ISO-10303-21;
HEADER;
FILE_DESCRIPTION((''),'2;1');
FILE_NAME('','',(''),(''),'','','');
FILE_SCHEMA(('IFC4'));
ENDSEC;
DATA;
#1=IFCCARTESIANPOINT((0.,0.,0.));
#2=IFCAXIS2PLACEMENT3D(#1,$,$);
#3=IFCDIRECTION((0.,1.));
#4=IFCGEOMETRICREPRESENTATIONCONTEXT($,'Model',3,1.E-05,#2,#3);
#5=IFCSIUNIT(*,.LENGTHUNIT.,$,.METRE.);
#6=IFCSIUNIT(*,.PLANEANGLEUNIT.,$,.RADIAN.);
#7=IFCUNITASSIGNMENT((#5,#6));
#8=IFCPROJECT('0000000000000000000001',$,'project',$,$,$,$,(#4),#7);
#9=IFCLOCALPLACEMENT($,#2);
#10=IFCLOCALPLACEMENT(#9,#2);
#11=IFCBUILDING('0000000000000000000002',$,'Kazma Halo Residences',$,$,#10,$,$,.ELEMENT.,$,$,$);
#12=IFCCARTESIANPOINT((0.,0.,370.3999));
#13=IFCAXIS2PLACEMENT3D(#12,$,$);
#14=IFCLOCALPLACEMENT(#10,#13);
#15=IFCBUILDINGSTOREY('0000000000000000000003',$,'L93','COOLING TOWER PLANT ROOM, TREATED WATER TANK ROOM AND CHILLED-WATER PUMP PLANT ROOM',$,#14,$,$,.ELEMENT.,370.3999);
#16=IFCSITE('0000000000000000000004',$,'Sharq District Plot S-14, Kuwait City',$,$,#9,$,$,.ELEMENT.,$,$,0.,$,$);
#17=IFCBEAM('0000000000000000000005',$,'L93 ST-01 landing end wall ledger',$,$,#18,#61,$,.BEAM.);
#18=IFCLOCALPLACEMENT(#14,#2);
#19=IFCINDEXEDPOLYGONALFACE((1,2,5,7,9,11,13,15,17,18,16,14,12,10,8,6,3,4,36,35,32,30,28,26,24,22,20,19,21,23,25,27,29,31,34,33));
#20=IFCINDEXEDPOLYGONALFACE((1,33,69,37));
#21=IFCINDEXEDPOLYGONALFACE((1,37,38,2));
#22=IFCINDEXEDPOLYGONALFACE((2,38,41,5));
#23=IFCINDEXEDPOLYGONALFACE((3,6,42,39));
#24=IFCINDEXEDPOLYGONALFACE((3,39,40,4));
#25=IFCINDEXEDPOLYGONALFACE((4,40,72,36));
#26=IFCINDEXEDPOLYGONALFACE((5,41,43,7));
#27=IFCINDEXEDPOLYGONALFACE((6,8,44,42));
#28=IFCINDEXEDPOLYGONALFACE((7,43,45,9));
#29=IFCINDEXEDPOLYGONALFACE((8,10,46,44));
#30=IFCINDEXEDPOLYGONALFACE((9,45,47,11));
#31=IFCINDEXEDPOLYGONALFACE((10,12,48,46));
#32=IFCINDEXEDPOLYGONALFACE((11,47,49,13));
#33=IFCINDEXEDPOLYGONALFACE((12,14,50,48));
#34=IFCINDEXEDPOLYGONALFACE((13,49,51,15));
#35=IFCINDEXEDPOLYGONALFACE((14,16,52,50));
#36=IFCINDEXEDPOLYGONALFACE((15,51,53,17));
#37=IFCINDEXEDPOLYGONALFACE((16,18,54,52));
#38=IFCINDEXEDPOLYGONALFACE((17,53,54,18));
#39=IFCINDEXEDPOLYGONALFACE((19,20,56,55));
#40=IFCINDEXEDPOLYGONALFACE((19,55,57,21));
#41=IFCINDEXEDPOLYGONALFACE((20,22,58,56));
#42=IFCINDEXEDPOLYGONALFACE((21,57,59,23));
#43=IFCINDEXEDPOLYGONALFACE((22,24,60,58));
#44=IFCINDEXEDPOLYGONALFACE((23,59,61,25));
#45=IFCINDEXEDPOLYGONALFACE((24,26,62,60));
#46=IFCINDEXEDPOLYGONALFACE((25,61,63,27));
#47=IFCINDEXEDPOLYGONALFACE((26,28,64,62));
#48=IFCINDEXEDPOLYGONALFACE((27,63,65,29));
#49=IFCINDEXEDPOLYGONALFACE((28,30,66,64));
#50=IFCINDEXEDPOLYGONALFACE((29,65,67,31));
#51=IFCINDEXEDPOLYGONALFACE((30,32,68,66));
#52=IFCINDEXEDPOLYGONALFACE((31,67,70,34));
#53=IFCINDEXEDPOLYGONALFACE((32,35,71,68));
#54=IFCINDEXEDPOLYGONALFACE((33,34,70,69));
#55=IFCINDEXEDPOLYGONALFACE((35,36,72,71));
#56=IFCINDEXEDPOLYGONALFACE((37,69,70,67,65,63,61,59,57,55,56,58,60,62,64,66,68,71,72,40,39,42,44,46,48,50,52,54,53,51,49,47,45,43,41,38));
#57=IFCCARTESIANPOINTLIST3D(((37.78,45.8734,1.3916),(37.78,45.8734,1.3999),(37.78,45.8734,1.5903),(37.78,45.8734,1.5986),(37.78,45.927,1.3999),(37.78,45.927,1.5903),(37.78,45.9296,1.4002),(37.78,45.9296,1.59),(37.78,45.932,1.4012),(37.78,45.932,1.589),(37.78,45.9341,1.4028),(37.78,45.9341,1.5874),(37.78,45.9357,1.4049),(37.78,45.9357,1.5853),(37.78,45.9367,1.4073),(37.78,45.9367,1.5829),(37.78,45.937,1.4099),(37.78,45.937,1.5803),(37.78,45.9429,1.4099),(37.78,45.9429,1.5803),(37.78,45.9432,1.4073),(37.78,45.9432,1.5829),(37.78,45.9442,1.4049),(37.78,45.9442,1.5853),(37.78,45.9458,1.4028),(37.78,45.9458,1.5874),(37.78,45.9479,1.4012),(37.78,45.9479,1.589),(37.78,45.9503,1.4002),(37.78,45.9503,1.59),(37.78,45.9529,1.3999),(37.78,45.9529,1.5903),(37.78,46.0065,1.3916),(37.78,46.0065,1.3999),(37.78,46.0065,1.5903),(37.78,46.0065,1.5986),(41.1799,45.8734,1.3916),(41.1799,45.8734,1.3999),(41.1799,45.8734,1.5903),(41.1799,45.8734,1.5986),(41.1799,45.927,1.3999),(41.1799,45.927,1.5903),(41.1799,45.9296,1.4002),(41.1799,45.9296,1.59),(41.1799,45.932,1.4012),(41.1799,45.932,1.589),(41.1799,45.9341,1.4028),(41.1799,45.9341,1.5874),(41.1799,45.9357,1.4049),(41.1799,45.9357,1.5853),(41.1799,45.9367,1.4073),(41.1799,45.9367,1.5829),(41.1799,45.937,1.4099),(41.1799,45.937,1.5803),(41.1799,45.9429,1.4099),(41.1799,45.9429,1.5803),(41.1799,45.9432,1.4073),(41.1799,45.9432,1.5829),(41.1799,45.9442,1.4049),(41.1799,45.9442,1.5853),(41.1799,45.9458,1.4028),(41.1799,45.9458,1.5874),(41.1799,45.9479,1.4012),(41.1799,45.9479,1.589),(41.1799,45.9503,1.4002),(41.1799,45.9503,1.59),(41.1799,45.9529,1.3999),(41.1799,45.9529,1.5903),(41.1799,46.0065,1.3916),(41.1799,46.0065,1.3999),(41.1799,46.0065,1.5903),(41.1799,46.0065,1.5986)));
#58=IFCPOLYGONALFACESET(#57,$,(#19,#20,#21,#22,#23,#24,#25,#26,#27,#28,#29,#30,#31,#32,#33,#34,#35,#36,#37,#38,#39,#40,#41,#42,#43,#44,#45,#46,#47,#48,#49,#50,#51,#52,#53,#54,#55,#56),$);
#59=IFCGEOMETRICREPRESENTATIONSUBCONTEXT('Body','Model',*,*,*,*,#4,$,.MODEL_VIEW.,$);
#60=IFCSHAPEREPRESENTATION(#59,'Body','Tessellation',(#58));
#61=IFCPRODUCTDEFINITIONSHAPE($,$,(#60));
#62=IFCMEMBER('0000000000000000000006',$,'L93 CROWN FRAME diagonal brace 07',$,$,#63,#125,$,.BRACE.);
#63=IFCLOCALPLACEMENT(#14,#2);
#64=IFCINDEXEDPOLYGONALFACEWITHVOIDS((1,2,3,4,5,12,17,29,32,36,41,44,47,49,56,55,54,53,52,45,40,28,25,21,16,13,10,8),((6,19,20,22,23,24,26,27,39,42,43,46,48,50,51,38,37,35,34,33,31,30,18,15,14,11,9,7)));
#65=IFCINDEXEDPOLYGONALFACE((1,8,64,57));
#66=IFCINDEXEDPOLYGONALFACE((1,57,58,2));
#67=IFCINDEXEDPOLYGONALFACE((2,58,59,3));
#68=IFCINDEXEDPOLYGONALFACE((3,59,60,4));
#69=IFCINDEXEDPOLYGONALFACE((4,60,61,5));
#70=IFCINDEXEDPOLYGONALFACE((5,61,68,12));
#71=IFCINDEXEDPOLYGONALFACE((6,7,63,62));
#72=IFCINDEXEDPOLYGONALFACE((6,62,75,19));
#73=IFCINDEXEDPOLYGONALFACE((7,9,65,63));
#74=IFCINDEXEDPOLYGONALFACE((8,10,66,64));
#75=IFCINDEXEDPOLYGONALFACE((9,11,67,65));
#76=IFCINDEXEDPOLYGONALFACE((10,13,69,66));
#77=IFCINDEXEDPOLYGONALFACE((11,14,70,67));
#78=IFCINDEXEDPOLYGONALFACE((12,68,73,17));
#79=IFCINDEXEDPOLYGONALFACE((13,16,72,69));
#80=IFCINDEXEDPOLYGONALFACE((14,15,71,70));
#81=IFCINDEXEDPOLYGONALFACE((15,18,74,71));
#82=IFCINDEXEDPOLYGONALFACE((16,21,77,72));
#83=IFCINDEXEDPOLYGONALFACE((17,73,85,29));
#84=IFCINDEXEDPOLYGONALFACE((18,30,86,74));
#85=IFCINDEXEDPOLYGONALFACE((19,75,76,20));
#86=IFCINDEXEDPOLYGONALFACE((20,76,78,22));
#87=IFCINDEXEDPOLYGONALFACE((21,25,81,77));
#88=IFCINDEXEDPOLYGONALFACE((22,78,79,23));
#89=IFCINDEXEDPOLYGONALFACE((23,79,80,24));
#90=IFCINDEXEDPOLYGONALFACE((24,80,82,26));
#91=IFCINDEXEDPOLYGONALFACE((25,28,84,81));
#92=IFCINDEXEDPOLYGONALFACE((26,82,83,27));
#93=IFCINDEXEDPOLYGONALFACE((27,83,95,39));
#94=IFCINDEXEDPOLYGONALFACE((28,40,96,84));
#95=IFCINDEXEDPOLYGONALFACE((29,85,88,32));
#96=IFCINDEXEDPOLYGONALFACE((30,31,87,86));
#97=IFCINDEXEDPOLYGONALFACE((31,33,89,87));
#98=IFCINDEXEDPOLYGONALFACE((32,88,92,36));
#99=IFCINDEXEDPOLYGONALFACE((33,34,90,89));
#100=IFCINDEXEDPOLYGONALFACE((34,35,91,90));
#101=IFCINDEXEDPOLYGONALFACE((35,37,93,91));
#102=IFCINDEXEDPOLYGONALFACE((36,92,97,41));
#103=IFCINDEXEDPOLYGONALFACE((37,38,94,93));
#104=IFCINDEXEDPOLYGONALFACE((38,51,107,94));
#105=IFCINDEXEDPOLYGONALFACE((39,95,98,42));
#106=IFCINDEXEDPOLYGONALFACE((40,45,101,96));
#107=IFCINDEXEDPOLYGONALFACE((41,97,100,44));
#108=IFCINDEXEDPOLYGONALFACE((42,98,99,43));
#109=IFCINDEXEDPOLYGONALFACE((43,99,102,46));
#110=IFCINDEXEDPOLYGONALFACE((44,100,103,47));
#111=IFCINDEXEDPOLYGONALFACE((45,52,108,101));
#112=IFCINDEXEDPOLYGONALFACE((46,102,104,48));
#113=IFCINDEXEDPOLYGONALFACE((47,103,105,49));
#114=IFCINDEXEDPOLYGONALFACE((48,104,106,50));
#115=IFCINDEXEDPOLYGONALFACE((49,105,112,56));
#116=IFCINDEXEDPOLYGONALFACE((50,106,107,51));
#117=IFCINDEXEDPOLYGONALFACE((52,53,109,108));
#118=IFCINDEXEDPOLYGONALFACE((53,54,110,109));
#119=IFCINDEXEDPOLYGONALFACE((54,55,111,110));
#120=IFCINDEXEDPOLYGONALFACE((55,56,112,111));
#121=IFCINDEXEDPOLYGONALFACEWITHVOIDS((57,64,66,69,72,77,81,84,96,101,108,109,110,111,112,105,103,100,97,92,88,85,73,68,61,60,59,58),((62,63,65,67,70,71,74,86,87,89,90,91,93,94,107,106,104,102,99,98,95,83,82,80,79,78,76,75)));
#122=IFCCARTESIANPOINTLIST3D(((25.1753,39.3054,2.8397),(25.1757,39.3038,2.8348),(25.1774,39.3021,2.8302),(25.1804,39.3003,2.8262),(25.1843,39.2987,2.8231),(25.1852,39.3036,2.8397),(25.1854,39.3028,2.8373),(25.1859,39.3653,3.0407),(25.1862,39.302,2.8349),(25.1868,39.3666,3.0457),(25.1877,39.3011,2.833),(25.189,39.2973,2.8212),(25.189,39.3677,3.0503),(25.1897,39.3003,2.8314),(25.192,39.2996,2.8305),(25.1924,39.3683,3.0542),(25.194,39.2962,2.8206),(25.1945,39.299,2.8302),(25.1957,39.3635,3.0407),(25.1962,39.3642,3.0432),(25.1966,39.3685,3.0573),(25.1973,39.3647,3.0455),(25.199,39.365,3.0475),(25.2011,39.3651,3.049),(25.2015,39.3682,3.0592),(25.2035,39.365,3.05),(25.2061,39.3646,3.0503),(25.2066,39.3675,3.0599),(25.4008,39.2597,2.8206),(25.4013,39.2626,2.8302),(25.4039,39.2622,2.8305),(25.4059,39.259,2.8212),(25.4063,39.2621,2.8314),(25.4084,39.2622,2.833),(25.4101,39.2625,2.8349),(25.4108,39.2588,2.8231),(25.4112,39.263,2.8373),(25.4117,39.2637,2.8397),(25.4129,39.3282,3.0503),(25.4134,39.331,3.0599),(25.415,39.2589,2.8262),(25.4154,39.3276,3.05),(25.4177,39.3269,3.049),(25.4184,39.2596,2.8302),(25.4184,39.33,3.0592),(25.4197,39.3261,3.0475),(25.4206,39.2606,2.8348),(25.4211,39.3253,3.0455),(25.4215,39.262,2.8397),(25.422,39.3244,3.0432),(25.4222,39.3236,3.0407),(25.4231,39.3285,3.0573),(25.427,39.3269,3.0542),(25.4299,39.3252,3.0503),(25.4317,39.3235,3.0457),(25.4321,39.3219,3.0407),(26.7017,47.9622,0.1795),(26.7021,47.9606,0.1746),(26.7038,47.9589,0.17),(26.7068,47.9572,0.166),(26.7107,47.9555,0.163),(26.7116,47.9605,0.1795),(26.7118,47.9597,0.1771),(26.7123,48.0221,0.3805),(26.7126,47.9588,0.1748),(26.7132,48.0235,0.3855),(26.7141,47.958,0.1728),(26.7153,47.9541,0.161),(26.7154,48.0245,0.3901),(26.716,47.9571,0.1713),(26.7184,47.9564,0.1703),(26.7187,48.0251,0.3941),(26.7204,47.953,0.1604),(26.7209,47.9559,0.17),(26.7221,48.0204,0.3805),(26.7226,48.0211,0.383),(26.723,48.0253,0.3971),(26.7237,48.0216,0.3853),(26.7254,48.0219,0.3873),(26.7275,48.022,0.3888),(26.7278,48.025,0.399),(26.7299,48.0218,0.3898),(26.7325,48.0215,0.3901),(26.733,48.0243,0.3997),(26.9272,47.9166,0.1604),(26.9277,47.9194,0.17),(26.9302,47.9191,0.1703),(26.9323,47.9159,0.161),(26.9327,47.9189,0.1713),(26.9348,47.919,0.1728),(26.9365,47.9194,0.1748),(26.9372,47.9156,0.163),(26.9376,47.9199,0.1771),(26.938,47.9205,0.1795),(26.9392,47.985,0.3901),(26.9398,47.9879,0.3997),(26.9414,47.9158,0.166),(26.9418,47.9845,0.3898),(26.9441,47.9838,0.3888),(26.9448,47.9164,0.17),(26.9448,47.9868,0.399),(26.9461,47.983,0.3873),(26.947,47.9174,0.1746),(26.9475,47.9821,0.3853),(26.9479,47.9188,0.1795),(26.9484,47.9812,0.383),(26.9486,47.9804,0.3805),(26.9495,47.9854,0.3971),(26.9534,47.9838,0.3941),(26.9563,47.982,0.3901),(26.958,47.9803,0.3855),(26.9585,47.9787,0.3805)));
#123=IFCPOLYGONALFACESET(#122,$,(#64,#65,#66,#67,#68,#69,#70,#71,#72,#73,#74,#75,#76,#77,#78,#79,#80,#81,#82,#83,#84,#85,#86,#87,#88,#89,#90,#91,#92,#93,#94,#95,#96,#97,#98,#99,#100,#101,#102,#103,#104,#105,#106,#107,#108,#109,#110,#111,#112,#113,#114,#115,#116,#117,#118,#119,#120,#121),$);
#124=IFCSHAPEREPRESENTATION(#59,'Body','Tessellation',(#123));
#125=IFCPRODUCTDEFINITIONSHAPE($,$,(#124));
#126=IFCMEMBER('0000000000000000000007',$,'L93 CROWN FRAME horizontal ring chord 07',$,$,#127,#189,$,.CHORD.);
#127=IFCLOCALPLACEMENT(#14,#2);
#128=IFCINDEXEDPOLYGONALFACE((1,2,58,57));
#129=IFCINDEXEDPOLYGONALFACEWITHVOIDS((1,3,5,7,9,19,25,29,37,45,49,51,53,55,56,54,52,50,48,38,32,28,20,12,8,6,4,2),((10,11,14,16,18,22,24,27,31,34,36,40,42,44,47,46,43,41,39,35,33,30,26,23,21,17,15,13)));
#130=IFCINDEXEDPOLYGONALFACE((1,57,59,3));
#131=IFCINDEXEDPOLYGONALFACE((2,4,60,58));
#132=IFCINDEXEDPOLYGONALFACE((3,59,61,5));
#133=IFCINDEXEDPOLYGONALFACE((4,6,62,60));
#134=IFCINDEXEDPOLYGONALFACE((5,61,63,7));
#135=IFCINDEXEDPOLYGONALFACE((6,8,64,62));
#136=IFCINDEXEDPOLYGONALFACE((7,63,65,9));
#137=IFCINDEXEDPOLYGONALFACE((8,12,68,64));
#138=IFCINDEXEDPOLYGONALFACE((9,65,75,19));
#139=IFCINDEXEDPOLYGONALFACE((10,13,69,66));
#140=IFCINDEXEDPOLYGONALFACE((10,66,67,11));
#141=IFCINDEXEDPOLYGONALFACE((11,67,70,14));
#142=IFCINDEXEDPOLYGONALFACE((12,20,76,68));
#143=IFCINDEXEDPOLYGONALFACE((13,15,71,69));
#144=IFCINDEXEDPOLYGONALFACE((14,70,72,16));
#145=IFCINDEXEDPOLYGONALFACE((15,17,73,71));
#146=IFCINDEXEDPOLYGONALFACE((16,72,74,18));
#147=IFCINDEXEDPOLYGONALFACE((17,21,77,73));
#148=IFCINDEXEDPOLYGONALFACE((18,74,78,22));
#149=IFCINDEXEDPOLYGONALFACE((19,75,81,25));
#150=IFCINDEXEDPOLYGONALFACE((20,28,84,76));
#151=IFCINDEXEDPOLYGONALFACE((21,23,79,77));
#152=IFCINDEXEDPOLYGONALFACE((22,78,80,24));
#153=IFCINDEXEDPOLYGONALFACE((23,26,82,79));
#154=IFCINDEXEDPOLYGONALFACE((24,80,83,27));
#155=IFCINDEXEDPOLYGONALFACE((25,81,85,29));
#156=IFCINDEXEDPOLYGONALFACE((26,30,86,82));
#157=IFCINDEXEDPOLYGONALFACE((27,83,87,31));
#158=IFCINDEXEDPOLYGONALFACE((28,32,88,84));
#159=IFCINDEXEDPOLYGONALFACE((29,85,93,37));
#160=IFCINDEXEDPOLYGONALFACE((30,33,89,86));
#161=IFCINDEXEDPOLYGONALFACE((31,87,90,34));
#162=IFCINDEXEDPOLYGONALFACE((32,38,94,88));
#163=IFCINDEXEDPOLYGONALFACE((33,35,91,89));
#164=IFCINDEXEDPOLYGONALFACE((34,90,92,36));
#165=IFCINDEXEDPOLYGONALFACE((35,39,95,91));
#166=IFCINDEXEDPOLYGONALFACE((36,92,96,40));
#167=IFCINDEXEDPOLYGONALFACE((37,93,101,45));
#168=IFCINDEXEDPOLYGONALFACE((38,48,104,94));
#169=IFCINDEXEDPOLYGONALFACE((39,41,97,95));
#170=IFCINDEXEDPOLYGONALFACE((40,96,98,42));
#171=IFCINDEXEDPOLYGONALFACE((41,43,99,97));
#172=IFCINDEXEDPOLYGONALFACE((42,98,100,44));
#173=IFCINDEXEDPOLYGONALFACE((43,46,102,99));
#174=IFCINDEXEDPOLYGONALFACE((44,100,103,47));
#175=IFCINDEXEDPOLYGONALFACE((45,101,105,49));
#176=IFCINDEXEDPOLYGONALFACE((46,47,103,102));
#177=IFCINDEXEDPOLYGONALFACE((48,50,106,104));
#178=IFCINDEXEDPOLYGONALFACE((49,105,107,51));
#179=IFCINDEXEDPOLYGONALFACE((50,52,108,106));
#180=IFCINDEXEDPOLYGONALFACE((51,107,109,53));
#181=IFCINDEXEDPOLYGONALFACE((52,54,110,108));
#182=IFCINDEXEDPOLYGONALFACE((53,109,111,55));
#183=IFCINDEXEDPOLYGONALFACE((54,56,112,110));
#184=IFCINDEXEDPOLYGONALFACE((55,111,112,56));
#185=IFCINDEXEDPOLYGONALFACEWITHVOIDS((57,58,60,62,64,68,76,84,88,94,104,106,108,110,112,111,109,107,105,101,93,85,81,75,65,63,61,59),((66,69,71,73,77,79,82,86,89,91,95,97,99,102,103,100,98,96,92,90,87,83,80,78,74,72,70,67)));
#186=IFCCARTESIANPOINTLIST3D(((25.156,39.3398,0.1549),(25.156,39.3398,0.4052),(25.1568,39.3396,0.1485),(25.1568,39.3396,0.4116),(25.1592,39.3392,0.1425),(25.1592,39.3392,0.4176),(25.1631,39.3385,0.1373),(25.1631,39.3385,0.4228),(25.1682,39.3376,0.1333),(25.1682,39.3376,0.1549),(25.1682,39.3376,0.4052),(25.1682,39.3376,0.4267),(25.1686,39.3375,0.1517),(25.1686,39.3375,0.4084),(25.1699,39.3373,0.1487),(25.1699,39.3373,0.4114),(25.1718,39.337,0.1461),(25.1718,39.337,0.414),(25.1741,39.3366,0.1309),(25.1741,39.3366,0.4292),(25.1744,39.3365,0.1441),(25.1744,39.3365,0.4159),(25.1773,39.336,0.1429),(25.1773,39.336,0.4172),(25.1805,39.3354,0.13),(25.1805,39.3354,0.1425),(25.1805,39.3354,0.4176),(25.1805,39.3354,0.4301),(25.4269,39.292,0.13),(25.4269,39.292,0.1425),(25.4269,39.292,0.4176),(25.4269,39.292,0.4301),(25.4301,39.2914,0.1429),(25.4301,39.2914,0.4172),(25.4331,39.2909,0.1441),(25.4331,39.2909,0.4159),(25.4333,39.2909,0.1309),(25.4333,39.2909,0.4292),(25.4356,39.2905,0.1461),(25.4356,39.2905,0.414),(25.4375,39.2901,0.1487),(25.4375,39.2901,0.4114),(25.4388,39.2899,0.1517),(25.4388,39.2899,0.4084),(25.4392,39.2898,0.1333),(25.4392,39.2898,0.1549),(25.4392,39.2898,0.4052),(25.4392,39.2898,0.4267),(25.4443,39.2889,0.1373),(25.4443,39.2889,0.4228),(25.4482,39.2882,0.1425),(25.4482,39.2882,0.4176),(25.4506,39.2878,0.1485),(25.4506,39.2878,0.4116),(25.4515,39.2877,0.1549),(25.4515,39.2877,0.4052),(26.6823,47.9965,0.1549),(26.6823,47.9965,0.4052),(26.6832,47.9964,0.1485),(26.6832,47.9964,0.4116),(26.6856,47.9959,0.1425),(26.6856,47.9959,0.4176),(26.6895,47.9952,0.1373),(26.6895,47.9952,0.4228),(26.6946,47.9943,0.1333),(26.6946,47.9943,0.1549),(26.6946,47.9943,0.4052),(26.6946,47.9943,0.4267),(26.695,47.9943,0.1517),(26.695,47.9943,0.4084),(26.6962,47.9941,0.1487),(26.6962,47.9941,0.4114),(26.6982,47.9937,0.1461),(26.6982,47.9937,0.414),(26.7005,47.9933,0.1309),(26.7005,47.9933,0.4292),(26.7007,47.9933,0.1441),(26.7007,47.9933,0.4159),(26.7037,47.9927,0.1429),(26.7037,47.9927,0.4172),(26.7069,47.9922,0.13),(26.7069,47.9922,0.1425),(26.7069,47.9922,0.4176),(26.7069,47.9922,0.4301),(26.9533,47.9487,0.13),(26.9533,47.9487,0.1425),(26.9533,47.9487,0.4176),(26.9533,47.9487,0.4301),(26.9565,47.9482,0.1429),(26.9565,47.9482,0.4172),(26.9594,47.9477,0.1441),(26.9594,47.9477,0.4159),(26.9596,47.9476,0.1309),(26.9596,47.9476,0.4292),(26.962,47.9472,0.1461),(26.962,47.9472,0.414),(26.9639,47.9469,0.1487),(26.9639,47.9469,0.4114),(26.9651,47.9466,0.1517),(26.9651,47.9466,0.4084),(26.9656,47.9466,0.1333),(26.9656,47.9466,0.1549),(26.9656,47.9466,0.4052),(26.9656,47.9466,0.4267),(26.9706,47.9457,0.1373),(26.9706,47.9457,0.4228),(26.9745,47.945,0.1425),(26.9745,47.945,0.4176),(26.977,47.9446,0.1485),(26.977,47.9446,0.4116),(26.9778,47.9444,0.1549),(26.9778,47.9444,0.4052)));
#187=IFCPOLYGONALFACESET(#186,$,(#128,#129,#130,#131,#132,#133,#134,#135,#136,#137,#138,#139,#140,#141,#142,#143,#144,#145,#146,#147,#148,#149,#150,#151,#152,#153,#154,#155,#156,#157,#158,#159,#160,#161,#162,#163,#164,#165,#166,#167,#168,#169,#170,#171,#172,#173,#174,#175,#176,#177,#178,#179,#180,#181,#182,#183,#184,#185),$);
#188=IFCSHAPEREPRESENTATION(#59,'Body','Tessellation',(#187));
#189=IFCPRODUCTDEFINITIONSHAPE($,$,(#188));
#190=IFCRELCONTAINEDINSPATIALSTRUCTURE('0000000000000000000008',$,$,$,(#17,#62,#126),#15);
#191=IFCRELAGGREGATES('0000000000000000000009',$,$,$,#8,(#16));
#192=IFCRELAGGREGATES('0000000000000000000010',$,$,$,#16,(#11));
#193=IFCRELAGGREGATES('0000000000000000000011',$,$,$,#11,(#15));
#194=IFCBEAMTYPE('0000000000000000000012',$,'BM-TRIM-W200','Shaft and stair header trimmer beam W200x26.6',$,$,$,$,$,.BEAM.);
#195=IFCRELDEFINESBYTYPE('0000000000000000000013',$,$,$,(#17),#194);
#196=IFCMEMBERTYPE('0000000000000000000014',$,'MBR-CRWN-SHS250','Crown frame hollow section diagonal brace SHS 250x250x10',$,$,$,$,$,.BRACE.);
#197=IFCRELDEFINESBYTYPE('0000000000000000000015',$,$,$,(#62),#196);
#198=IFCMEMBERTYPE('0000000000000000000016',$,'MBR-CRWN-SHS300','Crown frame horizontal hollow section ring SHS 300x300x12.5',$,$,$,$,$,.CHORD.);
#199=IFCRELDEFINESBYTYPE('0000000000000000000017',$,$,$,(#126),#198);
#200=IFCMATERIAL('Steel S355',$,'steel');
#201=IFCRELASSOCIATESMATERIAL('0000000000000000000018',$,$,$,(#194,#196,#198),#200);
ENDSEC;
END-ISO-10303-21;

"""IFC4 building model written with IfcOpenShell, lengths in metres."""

from ifc_helpers import new_model, si_unit, direction, frame, origin, origin_2d, place, context, subcontext, project, spatial, hollow_rectangle, i_section, extrude, material, material_profile, profile_set, type_object, element, save


model = new_model("IFC4")

# Units and contexts
model_context = context("Model", 3, precision=1e-05, world=origin(), true_north=direction((0.0, 1.0)))
body_context = subcontext(model_context, "Body", "Model", "MODEL_VIEW")
ifc_project = project(units=[si_unit("LENGTHUNIT", "METRE"), si_unit("PLANEANGLEUNIT", "RADIAN")], contexts=[model_context])

# Site, building, storey
site_placement = place(None, origin())
site = spatial("IfcSite", under=ifc_project, at=site_placement, Name="Sharq District Plot S-14, Kuwait City", CompositionType="ELEMENT", RefElevation=0.0)
building_placement = place(site_placement, origin())
building = spatial("IfcBuilding", under=site, at=building_placement, Name="Kazma Halo Residences", CompositionType="ELEMENT")
storey_placement = place(building_placement, frame((0.0, 0.0, 370.3999)))
storey = spatial("IfcBuildingStorey", under=building, at=storey_placement, Name="L93", Description="COOLING TOWER PLANT ROOM, TREATED WATER TANK ROOM AND CHILLED-WATER PUMP PLANT ROOM", CompositionType="ELEMENT", Elevation=370.3999)

# Shared definitions
ifc_material_1 = material(Name="Steel S355", Category="steel")

# Beam
ifc_material_profile_1 = material_profile(ifc_material_1, i_section(OverallWidth=0.1331, OverallDepth=0.207, WebThickness=0.0059, FlangeThickness=0.0083, FilletRadius=0.01, at=origin_2d()), Name="W200x26.6")
ifc_profile_set_1 = profile_set([ifc_material_profile_1], Name="Steel S355")
beam_type_1 = type_object("IfcBeamType", Name="BM-TRIM-W200", Description="Shaft and stair header trimmer beam W200x26.6", PredefinedType="BEAM", material=ifc_profile_set_1)
beam_1_placement = place(storey_placement, frame((37.78, 45.9399, 1.4951), z_axis=(1.0, 0.0, 0.0), x_axis=(0.0, 1.0, 0.0)))
element("IfcBeam", 1, at=beam_1_placement, inside=storey, type_object=beam_type_1, Name="L93 ST-01 landing end wall ledger", PredefinedType="BEAM", context=body_context, shape_type="SweptSolid", body=[
    extrude(i_section(OverallWidth=0.1331, OverallDepth=0.207, WebThickness=0.0059, FlangeThickness=0.0083, FilletRadius=0.01, at=origin_2d()), origin(), (0.0, 0.0, 1.0), 3.3999),
])

# Members
ifc_material_profile_2 = material_profile(ifc_material_1, hollow_rectangle(XDim=0.25, YDim=0.25, WallThickness=0.01, InnerFilletRadius=0.01, OuterFilletRadius=0.02, at=origin_2d()), Name="SHS250x250x10")
ifc_profile_set_2 = profile_set([ifc_material_profile_2], Name="Steel S355")
member_type_1 = type_object("IfcMemberType", Name="MBR-CRWN-SHS250", Description="Crown frame hollow section diagonal brace SHS 250x250x10", PredefinedType="BRACE", material=ifc_profile_set_2)
member_1_placement = place(storey_placement, frame((26.8301, 47.9705, 0.28), z_axis=(-0.166199, -0.942592, 0.289652), x_axis=(0.984809, -0.173643, 0.0)))
element("IfcMember", 2, at=member_1_placement, inside=storey, type_object=member_type_1, Name="L93 CROWN FRAME diagonal brace 07", PredefinedType="BRACE", context=body_context, shape_type="SweptSolid", body=[
    extrude(hollow_rectangle(XDim=0.25, YDim=0.25, WallThickness=0.01, InnerFilletRadius=0.01, OuterFilletRadius=0.02, at=origin_2d()), origin(), (0.0, 0.0, 1.0), 9.1841),
])
ifc_material_profile_3 = material_profile(ifc_material_1, hollow_rectangle(XDim=0.3, YDim=0.3, WallThickness=0.0125, InnerFilletRadius=0.0125, OuterFilletRadius=0.0249, at=origin_2d()), Name="SHS300x300x12.5")
ifc_profile_set_3 = profile_set([ifc_material_profile_3], Name="Steel S355")
member_type_2 = type_object("IfcMemberType", Name="MBR-CRWN-SHS300", Description="Crown frame horizontal hollow section ring SHS 300x300x12.5", PredefinedType="CHORD", material=ifc_profile_set_3)
member_2_placement = place(storey_placement, frame((26.8301, 47.9705, 0.28), z_axis=(-0.173643, -0.984809, 0.0), x_axis=(0.984809, -0.173643, 0.0)))
element("IfcMember", 3, at=member_2_placement, inside=storey, type_object=member_type_2, Name="L93 CROWN FRAME horizontal ring chord 07", PredefinedType="CHORD", context=body_context, shape_type="SweptSolid", body=[
    extrude(hollow_rectangle(XDim=0.3, YDim=0.3, WallThickness=0.0125, InnerFilletRadius=0.0125, OuterFilletRadius=0.0249, at=origin_2d()), origin(), (0.0, 0.0, 1.0), 8.7903),
])

save(model, "model.ifc")
